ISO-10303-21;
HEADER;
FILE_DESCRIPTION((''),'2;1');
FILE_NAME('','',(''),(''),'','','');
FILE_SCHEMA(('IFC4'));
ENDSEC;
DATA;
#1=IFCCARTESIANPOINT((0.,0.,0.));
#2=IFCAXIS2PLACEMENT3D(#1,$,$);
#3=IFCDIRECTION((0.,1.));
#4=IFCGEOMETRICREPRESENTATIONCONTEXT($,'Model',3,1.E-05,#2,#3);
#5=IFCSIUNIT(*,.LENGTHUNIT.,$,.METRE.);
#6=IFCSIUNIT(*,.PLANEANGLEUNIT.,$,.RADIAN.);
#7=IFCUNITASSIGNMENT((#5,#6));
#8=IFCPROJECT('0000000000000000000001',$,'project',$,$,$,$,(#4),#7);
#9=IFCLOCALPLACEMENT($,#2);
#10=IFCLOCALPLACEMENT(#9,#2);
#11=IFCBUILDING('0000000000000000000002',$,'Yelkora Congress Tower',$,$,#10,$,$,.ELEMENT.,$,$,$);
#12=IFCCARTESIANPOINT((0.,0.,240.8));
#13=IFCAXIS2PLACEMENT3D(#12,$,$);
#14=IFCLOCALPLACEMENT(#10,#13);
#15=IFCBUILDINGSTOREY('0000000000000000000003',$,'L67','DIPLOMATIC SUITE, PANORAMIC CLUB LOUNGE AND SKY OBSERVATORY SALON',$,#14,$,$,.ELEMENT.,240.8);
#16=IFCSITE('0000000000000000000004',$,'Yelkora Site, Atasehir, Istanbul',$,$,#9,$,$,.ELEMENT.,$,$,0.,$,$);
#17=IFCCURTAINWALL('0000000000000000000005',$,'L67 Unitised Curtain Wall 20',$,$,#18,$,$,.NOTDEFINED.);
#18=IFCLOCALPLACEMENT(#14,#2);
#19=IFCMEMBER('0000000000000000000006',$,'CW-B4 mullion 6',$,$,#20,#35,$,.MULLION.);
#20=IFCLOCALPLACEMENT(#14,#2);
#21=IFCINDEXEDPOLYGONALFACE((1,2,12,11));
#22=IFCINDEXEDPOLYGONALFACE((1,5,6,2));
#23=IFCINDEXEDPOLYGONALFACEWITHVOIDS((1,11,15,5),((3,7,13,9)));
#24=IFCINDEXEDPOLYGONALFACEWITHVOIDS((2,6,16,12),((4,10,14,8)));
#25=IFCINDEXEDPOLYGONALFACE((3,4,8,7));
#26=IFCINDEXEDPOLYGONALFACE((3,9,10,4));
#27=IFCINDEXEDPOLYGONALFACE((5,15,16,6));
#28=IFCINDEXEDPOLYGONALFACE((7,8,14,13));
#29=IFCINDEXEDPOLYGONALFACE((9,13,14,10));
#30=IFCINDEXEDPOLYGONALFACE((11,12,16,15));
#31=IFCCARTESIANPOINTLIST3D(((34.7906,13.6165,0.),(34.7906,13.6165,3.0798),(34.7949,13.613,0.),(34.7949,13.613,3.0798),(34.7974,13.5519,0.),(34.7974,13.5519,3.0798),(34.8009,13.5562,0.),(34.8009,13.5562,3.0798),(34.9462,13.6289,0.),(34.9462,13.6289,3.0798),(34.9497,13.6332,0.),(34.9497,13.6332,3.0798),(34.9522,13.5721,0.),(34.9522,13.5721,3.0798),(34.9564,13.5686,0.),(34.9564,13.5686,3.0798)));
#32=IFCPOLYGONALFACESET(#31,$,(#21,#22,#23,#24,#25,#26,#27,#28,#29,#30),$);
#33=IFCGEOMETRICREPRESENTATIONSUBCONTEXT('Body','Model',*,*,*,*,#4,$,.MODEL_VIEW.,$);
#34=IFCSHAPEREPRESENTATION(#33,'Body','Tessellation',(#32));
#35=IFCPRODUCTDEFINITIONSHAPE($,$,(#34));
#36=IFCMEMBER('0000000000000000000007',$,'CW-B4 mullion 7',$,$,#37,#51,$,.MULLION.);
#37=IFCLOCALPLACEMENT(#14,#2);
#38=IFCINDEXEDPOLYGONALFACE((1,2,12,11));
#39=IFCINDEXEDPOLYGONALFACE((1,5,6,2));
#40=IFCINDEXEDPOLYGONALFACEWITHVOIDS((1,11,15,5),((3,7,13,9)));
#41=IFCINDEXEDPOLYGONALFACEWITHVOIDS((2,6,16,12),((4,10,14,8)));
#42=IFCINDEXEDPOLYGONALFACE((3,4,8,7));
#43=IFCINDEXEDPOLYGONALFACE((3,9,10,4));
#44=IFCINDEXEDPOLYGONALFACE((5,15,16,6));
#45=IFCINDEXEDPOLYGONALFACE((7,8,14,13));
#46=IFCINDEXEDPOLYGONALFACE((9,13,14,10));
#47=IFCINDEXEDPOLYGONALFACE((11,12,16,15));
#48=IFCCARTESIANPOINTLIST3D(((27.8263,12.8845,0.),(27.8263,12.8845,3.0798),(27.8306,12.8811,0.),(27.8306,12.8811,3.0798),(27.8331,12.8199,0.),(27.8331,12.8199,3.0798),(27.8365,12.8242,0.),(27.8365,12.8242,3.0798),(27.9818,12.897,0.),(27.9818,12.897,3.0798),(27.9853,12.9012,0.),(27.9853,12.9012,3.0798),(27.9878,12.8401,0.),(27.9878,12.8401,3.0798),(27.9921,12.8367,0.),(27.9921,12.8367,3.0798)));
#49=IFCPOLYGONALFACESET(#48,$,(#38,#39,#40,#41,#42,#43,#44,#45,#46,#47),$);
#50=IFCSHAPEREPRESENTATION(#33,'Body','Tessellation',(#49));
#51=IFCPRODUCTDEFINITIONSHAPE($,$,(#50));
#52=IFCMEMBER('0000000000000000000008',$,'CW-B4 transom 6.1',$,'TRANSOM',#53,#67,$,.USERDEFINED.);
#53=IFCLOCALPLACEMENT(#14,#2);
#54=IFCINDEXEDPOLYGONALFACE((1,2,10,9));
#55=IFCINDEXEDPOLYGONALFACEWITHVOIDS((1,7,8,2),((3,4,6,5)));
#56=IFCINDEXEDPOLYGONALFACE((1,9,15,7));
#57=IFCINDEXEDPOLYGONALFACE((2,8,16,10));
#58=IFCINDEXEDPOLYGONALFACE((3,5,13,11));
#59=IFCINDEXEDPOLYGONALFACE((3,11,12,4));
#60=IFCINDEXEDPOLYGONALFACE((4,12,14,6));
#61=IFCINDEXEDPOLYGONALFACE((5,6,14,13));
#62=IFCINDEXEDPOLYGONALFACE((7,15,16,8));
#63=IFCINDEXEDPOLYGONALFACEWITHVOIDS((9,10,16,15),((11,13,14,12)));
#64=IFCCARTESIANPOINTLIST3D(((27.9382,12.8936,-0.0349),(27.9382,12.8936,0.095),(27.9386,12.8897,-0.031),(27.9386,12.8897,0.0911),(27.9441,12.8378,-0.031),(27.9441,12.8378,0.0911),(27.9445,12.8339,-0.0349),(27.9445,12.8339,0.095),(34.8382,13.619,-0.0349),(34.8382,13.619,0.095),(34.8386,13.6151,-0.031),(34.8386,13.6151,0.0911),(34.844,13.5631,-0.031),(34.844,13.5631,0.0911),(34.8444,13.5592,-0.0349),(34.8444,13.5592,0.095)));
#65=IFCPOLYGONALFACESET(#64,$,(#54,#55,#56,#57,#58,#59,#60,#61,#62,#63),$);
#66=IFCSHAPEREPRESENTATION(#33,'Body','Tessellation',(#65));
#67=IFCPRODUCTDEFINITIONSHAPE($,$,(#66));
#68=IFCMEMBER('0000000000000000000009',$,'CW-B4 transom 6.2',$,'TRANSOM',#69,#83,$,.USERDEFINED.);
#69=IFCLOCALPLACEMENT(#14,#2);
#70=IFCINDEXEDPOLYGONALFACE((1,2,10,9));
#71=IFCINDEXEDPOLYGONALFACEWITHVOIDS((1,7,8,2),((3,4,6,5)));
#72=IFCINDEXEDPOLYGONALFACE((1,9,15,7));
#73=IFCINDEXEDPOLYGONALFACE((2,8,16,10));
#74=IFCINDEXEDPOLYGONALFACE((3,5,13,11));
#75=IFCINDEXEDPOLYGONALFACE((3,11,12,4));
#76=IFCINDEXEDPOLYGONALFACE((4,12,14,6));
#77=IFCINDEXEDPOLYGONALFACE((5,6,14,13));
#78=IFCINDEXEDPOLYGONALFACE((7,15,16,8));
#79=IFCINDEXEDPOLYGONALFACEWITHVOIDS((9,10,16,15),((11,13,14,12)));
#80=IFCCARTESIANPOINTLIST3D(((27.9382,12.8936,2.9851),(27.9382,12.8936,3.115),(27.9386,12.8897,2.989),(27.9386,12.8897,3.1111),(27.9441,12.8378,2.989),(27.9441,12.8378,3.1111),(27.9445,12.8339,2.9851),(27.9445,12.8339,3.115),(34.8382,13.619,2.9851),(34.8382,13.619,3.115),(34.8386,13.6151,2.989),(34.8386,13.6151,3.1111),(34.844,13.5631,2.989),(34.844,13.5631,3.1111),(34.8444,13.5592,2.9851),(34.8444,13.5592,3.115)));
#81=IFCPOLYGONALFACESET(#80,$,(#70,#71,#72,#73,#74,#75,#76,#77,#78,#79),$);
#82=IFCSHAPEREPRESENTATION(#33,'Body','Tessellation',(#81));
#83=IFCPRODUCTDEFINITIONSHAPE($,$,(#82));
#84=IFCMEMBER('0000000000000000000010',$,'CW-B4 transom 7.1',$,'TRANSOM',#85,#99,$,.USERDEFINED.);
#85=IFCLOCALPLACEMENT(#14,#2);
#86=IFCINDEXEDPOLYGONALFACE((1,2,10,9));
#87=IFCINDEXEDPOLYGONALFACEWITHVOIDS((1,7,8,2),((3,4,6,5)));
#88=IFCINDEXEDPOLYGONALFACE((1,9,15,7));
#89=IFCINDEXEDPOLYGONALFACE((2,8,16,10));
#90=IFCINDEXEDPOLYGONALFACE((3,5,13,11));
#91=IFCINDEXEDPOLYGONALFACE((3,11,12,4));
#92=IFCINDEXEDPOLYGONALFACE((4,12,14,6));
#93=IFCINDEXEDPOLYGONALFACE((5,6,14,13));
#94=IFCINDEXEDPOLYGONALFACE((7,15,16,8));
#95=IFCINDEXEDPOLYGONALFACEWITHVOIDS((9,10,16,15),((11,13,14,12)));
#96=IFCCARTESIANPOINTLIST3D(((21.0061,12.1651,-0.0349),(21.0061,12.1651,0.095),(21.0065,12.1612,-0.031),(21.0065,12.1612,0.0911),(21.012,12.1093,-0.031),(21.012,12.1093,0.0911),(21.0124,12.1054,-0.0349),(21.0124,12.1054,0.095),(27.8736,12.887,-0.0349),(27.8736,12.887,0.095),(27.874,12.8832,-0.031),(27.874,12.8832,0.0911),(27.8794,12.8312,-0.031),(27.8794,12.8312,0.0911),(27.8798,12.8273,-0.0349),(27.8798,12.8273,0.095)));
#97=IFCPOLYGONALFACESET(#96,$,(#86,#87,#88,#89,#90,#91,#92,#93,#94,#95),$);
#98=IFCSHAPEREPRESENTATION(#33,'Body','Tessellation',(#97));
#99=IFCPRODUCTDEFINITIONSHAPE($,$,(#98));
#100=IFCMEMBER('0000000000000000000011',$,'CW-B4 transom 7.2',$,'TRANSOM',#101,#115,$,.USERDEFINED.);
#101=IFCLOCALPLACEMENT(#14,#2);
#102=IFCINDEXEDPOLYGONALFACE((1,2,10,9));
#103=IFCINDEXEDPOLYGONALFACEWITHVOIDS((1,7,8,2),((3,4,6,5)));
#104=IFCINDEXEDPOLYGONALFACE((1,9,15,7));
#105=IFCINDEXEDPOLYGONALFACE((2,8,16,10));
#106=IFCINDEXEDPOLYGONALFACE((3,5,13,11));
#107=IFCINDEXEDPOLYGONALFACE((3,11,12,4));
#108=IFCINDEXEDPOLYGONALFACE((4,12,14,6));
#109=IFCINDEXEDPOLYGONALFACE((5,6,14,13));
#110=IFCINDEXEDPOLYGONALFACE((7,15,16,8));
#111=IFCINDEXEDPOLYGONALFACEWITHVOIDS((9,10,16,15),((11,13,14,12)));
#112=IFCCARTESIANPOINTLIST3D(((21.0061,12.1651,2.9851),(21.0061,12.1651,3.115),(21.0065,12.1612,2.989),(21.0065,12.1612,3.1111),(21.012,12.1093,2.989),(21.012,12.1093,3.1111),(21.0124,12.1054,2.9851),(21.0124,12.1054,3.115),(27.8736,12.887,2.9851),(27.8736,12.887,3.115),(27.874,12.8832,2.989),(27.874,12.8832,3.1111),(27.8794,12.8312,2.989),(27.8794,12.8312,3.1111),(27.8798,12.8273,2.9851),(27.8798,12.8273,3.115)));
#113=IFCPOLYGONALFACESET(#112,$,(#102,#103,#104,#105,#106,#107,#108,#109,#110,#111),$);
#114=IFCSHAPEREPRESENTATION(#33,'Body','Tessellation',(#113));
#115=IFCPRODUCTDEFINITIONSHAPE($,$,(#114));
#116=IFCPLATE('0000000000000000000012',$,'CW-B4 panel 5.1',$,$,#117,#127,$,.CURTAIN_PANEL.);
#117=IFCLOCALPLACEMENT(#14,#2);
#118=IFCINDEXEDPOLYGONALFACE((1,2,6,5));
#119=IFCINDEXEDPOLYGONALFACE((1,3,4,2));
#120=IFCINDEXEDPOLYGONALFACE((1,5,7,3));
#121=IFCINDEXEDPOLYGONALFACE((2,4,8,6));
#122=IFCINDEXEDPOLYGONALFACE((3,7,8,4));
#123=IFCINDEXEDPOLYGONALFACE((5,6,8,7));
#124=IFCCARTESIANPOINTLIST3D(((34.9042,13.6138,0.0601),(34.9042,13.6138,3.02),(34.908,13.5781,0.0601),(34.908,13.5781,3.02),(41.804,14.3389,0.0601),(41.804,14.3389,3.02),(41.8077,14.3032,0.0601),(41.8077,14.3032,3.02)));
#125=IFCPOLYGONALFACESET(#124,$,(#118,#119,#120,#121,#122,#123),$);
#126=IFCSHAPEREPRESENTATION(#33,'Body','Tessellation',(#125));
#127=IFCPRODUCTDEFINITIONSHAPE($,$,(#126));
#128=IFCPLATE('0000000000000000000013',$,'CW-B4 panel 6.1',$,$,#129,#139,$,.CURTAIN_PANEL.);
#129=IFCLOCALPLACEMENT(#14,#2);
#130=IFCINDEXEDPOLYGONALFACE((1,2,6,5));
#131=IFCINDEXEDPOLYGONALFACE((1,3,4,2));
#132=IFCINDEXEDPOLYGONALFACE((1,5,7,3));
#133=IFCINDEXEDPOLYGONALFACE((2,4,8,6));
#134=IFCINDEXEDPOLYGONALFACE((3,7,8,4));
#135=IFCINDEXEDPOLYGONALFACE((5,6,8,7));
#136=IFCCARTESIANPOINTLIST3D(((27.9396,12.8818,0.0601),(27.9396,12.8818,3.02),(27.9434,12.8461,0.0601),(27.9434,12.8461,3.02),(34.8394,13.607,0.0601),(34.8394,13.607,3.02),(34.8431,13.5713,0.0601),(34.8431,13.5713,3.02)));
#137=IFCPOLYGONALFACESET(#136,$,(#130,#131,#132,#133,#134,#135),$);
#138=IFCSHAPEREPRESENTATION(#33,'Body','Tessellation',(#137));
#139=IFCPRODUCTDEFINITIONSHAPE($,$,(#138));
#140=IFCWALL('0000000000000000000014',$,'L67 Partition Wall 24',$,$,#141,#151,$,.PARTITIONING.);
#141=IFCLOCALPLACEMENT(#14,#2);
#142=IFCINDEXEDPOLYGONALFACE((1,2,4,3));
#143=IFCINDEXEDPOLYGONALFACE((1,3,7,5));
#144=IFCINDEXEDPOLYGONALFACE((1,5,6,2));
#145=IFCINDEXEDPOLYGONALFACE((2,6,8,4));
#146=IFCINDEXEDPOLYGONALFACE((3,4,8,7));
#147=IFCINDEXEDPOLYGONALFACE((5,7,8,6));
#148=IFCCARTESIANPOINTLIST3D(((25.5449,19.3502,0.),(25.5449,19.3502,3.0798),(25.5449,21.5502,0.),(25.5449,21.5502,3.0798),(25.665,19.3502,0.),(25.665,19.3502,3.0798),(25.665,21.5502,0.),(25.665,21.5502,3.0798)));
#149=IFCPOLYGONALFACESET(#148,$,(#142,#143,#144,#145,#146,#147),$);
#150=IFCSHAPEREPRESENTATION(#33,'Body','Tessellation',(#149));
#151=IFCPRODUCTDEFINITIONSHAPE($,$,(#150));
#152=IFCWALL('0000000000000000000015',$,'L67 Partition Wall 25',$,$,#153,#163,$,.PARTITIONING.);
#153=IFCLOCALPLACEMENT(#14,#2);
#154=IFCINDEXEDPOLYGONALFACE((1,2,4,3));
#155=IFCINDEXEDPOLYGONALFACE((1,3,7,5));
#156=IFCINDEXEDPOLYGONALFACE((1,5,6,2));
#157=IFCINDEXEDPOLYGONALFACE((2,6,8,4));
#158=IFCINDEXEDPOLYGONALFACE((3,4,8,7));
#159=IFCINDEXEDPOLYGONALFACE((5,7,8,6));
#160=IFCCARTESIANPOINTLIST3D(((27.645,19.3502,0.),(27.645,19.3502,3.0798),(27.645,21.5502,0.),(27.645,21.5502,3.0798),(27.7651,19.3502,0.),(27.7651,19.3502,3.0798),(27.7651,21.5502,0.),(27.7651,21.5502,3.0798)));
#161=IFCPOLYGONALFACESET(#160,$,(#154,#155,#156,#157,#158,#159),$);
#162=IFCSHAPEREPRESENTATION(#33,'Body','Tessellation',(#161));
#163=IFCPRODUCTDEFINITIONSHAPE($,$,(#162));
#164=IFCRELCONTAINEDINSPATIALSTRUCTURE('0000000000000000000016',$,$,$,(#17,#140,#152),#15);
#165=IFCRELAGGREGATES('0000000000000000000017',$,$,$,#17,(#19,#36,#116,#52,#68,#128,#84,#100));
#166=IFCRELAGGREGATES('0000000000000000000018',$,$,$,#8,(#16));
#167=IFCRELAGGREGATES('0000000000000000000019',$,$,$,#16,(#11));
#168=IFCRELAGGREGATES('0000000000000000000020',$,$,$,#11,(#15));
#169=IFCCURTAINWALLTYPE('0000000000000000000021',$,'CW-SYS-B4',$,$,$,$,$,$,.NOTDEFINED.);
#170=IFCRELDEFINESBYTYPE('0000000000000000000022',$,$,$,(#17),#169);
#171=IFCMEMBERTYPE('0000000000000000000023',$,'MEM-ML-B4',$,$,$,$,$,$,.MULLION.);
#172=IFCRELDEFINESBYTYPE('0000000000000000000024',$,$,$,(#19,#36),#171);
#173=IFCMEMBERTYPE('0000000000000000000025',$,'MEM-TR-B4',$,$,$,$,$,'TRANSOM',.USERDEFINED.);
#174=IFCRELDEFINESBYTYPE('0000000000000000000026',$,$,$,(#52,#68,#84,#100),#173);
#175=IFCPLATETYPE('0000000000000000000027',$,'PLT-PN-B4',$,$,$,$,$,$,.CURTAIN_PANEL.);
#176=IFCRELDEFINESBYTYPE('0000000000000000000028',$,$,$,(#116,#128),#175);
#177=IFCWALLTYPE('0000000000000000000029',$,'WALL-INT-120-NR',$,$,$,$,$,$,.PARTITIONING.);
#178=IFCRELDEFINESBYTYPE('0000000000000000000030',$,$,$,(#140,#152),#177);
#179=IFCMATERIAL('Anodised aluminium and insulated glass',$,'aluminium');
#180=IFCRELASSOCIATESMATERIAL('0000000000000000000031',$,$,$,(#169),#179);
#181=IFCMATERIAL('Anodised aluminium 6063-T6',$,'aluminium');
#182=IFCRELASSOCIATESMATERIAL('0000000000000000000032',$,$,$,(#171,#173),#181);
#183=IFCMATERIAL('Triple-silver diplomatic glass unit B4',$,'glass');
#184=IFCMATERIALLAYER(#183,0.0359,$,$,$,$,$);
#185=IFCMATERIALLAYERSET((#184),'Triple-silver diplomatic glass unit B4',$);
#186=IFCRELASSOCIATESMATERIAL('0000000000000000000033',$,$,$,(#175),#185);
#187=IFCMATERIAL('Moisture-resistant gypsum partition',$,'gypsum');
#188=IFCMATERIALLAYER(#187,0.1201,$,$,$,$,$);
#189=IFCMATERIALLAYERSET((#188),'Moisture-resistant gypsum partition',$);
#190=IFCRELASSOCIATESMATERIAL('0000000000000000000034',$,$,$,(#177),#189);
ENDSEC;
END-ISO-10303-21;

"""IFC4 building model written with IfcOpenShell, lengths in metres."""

from ifc_helpers import new_model, si_unit, direction, frame, frame_2d, origin, origin_2d, place, context, subcontext, project, spatial, rectangle, hollow_rectangle, extrude, material, layer, layer_set, material_profile, profile_set, type_object, element, aggregate, save


model = new_model("IFC4")

# Units and contexts
model_context = context("Model", 3, precision=1e-05, world=origin(), true_north=direction((0.0, 1.0)))
body_context = subcontext(model_context, "Body", "Model", "MODEL_VIEW")
ifc_project = project(units=[si_unit("LENGTHUNIT", "METRE"), si_unit("PLANEANGLEUNIT", "RADIAN")], contexts=[model_context])

# Site, building, storey
site_placement = place(None, origin())
site = spatial("IfcSite", under=ifc_project, at=site_placement, Name="Yelkora Site, Atasehir, Istanbul", CompositionType="ELEMENT", RefElevation=0.0)
building_placement = place(site_placement, origin())
building = spatial("IfcBuilding", under=site, at=building_placement, Name="Yelkora Congress Tower", CompositionType="ELEMENT")
storey_placement = place(building_placement, frame((0.0, 0.0, 240.8)))
storey = spatial("IfcBuildingStorey", under=building, at=storey_placement, Name="L67", Description="DIPLOMATIC SUITE, PANORAMIC CLUB LOUNGE AND SKY OBSERVATORY SALON", CompositionType="ELEMENT", Elevation=240.8)

# Curtain wall, members, plates
ifc_material_1 = material(Name="Anodised aluminium and insulated glass", Category="aluminium")
curtain_wall_type = type_object("IfcCurtainWallType", Name="CW-SYS-B4", PredefinedType="NOTDEFINED", material=ifc_material_1)
curtain_wall_placement = place(storey_placement, origin())
curtain_wall = element("IfcCurtainWall", 1, at=curtain_wall_placement, inside=storey, type_object=curtain_wall_type, Name="L67 Unitised Curtain Wall 20", PredefinedType="NOTDEFINED")
ifc_material_2 = material(Name="Anodised aluminium 6063-T6", Category="aluminium")
ifc_material_profile_1 = material_profile(ifc_material_2, hollow_rectangle(XDim=0.0649, YDim=0.1599, WallThickness=0.0039, at=origin_2d()), Name="ALU 65x160x4")
ifc_profile_set_1 = profile_set([ifc_material_profile_1], Name="Anodised aluminium 6063-T6")
member_type_1 = type_object("IfcMemberType", Name="MEM-ML-B4", PredefinedType="MULLION", material=ifc_profile_set_1)
member_1_placement = place(storey_placement, frame((34.8735, 13.5925, 0.0), z_axis=(0.0, 0.0, 1.0), x_axis=(0.104527, -0.994522, 0.0)))
member_1 = element("IfcMember", 2, at=member_1_placement, type_object=member_type_1, Name="CW-B4 mullion 6", PredefinedType="MULLION", context=body_context, shape_type="SweptSolid", body=[
    extrude(hollow_rectangle(XDim=0.0649, YDim=0.1599, WallThickness=0.0039, at=origin_2d()), origin(), (0.0, 0.0, 1.0), 3.0798),
])
member_2_placement = place(storey_placement, frame((27.9092, 12.8606, 0.0), z_axis=(0.0, 0.0, 1.0), x_axis=(0.104527, -0.994522, 0.0)))
member_2 = element("IfcMember", 3, at=member_2_placement, type_object=member_type_1, Name="CW-B4 mullion 7", PredefinedType="MULLION", context=body_context, shape_type="SweptSolid", body=[
    extrude(hollow_rectangle(XDim=0.0649, YDim=0.1599, WallThickness=0.0039, at=origin_2d()), origin(), (0.0, 0.0, 1.0), 3.0798),
])
ifc_material_profile_2 = material_profile(ifc_material_2, hollow_rectangle(XDim=0.0601, YDim=0.1299, WallThickness=0.0039, at=origin_2d()), Name="ALU 60x130x4")
ifc_profile_set_2 = profile_set([ifc_material_profile_2], Name="Anodised aluminium 6063-T6")
member_type_2 = type_object("IfcMemberType", Name="MEM-TR-B4", ElementType="TRANSOM", PredefinedType="USERDEFINED", material=ifc_profile_set_2)
member_3_placement = place(storey_placement, frame((34.8413, 13.5891, 0.03), z_axis=(-0.99452, -0.104547, 0.0), x_axis=(0.104547, -0.99452, 0.0)))
member_3 = element("IfcMember", 4, at=member_3_placement, type_object=member_type_2, Name="CW-B4 transom 6.1", ObjectType="TRANSOM", PredefinedType="USERDEFINED", context=body_context, shape_type="SweptSolid", body=[
    extrude(hollow_rectangle(XDim=0.0601, YDim=0.1299, WallThickness=0.0039, at=origin_2d()), origin(), (0.0, 0.0, 1.0), 6.938),
])
member_4_placement = place(storey_placement, frame((34.8413, 13.5891, 3.05), z_axis=(-0.99452, -0.104547, 0.0), x_axis=(0.104547, -0.99452, 0.0)))
member_4 = element("IfcMember", 5, at=member_4_placement, type_object=member_type_2, Name="CW-B4 transom 6.2", ObjectType="TRANSOM", PredefinedType="USERDEFINED", context=body_context, shape_type="SweptSolid", body=[
    extrude(hollow_rectangle(XDim=0.0601, YDim=0.1299, WallThickness=0.0039, at=origin_2d()), origin(), (0.0, 0.0, 1.0), 6.938),
])
member_5_placement = place(storey_placement, frame((27.8767, 12.8572, 0.03), z_axis=(-0.99452, -0.104547, 0.0), x_axis=(0.104547, -0.99452, 0.0)))
member_5 = element("IfcMember", 6, at=member_5_placement, type_object=member_type_2, Name="CW-B4 transom 7.1", ObjectType="TRANSOM", PredefinedType="USERDEFINED", context=body_context, shape_type="SweptSolid", body=[
    extrude(hollow_rectangle(XDim=0.0601, YDim=0.1299, WallThickness=0.0039, at=origin_2d()), origin(), (0.0, 0.0, 1.0), 6.9053),
])
member_6_placement = place(storey_placement, frame((27.8767, 12.8572, 3.05), z_axis=(-0.99452, -0.104547, 0.0), x_axis=(0.104547, -0.99452, 0.0)))
member_6 = element("IfcMember", 7, at=member_6_placement, type_object=member_type_2, Name="CW-B4 transom 7.2", ObjectType="TRANSOM", PredefinedType="USERDEFINED", context=body_context, shape_type="SweptSolid", body=[
    extrude(hollow_rectangle(XDim=0.0601, YDim=0.1299, WallThickness=0.0039, at=origin_2d()), origin(), (0.0, 0.0, 1.0), 6.9053),
])
ifc_material_3 = material(Name="Triple-silver diplomatic glass unit B4", Category="glass")
ifc_layer_1 = layer(ifc_material_3, 0.0359)
ifc_layer_set_1 = layer_set([ifc_layer_1], Name="Triple-silver diplomatic glass unit B4")
plate_type = type_object("IfcPlateType", Name="PLT-PN-B4", PredefinedType="CURTAIN_PANEL", material=ifc_layer_set_1)
plate_1_placement = place(storey_placement, frame((38.356, 13.9585, 0.0601), z_axis=(0.0, 0.0, 1.0), x_axis=(-0.994522, -0.104527, 0.0)))
plate_1 = element("IfcPlate", 8, at=plate_1_placement, type_object=plate_type, Name="CW-B4 panel 5.1", PredefinedType="CURTAIN_PANEL", context=body_context, shape_type="SweptSolid", body=[
    extrude(rectangle(XDim=6.9377, YDim=0.0359, at=origin_2d()), origin(), (0.0, 0.0, 1.0), 2.96),
])
plate_2_placement = place(storey_placement, frame((31.3914, 13.2266, 0.0601), z_axis=(0.0, 0.0, 1.0), x_axis=(-0.994522, -0.104527, 0.0)))
plate_2 = element("IfcPlate", 9, at=plate_2_placement, type_object=plate_type, Name="CW-B4 panel 6.1", PredefinedType="CURTAIN_PANEL", context=body_context, shape_type="SweptSolid", body=[
    extrude(rectangle(XDim=6.9377, YDim=0.0359, at=origin_2d()), origin(), (0.0, 0.0, 1.0), 2.96),
])
aggregate(curtain_wall, [member_1, member_2, plate_1, member_3, member_4, plate_2, member_5, member_6])

# Walls
ifc_material_4 = material(Name="Moisture-resistant gypsum partition", Category="gypsum")
ifc_layer_2 = layer(ifc_material_4, 0.1201)
ifc_layer_set_2 = layer_set([ifc_layer_2], Name="Moisture-resistant gypsum partition")
wall_type_1 = type_object("IfcWallType", Name="WALL-INT-120-NR", PredefinedType="PARTITIONING", material=ifc_layer_set_2)
for number, where, z_axis, x_axis, name in (
    (10, (25.605, 19.3501, 0.0), (0.0, 0.0, 1.0), (0.0, 1.0, 0.0), "L67 Partition Wall 24"),
    (11, (27.7051, 19.3501, 0.0), (0.0, 0.0, 1.0), (0.0, 1.0, 0.0), "L67 Partition Wall 25"),
):
    element("IfcWall", number, at=place(storey_placement, frame(where, z_axis=z_axis, x_axis=x_axis)), inside=storey, type_object=wall_type_1, Name=name, PredefinedType="PARTITIONING", context=body_context, shape_type="SweptSolid", body=[
        extrude(rectangle(XDim=2.2, YDim=0.1201, at=frame_2d((1.1001, 0.0))), origin(), (0.0, 0.0, 1.0), 3.0798),
    ])

save(model, "model.ifc")
